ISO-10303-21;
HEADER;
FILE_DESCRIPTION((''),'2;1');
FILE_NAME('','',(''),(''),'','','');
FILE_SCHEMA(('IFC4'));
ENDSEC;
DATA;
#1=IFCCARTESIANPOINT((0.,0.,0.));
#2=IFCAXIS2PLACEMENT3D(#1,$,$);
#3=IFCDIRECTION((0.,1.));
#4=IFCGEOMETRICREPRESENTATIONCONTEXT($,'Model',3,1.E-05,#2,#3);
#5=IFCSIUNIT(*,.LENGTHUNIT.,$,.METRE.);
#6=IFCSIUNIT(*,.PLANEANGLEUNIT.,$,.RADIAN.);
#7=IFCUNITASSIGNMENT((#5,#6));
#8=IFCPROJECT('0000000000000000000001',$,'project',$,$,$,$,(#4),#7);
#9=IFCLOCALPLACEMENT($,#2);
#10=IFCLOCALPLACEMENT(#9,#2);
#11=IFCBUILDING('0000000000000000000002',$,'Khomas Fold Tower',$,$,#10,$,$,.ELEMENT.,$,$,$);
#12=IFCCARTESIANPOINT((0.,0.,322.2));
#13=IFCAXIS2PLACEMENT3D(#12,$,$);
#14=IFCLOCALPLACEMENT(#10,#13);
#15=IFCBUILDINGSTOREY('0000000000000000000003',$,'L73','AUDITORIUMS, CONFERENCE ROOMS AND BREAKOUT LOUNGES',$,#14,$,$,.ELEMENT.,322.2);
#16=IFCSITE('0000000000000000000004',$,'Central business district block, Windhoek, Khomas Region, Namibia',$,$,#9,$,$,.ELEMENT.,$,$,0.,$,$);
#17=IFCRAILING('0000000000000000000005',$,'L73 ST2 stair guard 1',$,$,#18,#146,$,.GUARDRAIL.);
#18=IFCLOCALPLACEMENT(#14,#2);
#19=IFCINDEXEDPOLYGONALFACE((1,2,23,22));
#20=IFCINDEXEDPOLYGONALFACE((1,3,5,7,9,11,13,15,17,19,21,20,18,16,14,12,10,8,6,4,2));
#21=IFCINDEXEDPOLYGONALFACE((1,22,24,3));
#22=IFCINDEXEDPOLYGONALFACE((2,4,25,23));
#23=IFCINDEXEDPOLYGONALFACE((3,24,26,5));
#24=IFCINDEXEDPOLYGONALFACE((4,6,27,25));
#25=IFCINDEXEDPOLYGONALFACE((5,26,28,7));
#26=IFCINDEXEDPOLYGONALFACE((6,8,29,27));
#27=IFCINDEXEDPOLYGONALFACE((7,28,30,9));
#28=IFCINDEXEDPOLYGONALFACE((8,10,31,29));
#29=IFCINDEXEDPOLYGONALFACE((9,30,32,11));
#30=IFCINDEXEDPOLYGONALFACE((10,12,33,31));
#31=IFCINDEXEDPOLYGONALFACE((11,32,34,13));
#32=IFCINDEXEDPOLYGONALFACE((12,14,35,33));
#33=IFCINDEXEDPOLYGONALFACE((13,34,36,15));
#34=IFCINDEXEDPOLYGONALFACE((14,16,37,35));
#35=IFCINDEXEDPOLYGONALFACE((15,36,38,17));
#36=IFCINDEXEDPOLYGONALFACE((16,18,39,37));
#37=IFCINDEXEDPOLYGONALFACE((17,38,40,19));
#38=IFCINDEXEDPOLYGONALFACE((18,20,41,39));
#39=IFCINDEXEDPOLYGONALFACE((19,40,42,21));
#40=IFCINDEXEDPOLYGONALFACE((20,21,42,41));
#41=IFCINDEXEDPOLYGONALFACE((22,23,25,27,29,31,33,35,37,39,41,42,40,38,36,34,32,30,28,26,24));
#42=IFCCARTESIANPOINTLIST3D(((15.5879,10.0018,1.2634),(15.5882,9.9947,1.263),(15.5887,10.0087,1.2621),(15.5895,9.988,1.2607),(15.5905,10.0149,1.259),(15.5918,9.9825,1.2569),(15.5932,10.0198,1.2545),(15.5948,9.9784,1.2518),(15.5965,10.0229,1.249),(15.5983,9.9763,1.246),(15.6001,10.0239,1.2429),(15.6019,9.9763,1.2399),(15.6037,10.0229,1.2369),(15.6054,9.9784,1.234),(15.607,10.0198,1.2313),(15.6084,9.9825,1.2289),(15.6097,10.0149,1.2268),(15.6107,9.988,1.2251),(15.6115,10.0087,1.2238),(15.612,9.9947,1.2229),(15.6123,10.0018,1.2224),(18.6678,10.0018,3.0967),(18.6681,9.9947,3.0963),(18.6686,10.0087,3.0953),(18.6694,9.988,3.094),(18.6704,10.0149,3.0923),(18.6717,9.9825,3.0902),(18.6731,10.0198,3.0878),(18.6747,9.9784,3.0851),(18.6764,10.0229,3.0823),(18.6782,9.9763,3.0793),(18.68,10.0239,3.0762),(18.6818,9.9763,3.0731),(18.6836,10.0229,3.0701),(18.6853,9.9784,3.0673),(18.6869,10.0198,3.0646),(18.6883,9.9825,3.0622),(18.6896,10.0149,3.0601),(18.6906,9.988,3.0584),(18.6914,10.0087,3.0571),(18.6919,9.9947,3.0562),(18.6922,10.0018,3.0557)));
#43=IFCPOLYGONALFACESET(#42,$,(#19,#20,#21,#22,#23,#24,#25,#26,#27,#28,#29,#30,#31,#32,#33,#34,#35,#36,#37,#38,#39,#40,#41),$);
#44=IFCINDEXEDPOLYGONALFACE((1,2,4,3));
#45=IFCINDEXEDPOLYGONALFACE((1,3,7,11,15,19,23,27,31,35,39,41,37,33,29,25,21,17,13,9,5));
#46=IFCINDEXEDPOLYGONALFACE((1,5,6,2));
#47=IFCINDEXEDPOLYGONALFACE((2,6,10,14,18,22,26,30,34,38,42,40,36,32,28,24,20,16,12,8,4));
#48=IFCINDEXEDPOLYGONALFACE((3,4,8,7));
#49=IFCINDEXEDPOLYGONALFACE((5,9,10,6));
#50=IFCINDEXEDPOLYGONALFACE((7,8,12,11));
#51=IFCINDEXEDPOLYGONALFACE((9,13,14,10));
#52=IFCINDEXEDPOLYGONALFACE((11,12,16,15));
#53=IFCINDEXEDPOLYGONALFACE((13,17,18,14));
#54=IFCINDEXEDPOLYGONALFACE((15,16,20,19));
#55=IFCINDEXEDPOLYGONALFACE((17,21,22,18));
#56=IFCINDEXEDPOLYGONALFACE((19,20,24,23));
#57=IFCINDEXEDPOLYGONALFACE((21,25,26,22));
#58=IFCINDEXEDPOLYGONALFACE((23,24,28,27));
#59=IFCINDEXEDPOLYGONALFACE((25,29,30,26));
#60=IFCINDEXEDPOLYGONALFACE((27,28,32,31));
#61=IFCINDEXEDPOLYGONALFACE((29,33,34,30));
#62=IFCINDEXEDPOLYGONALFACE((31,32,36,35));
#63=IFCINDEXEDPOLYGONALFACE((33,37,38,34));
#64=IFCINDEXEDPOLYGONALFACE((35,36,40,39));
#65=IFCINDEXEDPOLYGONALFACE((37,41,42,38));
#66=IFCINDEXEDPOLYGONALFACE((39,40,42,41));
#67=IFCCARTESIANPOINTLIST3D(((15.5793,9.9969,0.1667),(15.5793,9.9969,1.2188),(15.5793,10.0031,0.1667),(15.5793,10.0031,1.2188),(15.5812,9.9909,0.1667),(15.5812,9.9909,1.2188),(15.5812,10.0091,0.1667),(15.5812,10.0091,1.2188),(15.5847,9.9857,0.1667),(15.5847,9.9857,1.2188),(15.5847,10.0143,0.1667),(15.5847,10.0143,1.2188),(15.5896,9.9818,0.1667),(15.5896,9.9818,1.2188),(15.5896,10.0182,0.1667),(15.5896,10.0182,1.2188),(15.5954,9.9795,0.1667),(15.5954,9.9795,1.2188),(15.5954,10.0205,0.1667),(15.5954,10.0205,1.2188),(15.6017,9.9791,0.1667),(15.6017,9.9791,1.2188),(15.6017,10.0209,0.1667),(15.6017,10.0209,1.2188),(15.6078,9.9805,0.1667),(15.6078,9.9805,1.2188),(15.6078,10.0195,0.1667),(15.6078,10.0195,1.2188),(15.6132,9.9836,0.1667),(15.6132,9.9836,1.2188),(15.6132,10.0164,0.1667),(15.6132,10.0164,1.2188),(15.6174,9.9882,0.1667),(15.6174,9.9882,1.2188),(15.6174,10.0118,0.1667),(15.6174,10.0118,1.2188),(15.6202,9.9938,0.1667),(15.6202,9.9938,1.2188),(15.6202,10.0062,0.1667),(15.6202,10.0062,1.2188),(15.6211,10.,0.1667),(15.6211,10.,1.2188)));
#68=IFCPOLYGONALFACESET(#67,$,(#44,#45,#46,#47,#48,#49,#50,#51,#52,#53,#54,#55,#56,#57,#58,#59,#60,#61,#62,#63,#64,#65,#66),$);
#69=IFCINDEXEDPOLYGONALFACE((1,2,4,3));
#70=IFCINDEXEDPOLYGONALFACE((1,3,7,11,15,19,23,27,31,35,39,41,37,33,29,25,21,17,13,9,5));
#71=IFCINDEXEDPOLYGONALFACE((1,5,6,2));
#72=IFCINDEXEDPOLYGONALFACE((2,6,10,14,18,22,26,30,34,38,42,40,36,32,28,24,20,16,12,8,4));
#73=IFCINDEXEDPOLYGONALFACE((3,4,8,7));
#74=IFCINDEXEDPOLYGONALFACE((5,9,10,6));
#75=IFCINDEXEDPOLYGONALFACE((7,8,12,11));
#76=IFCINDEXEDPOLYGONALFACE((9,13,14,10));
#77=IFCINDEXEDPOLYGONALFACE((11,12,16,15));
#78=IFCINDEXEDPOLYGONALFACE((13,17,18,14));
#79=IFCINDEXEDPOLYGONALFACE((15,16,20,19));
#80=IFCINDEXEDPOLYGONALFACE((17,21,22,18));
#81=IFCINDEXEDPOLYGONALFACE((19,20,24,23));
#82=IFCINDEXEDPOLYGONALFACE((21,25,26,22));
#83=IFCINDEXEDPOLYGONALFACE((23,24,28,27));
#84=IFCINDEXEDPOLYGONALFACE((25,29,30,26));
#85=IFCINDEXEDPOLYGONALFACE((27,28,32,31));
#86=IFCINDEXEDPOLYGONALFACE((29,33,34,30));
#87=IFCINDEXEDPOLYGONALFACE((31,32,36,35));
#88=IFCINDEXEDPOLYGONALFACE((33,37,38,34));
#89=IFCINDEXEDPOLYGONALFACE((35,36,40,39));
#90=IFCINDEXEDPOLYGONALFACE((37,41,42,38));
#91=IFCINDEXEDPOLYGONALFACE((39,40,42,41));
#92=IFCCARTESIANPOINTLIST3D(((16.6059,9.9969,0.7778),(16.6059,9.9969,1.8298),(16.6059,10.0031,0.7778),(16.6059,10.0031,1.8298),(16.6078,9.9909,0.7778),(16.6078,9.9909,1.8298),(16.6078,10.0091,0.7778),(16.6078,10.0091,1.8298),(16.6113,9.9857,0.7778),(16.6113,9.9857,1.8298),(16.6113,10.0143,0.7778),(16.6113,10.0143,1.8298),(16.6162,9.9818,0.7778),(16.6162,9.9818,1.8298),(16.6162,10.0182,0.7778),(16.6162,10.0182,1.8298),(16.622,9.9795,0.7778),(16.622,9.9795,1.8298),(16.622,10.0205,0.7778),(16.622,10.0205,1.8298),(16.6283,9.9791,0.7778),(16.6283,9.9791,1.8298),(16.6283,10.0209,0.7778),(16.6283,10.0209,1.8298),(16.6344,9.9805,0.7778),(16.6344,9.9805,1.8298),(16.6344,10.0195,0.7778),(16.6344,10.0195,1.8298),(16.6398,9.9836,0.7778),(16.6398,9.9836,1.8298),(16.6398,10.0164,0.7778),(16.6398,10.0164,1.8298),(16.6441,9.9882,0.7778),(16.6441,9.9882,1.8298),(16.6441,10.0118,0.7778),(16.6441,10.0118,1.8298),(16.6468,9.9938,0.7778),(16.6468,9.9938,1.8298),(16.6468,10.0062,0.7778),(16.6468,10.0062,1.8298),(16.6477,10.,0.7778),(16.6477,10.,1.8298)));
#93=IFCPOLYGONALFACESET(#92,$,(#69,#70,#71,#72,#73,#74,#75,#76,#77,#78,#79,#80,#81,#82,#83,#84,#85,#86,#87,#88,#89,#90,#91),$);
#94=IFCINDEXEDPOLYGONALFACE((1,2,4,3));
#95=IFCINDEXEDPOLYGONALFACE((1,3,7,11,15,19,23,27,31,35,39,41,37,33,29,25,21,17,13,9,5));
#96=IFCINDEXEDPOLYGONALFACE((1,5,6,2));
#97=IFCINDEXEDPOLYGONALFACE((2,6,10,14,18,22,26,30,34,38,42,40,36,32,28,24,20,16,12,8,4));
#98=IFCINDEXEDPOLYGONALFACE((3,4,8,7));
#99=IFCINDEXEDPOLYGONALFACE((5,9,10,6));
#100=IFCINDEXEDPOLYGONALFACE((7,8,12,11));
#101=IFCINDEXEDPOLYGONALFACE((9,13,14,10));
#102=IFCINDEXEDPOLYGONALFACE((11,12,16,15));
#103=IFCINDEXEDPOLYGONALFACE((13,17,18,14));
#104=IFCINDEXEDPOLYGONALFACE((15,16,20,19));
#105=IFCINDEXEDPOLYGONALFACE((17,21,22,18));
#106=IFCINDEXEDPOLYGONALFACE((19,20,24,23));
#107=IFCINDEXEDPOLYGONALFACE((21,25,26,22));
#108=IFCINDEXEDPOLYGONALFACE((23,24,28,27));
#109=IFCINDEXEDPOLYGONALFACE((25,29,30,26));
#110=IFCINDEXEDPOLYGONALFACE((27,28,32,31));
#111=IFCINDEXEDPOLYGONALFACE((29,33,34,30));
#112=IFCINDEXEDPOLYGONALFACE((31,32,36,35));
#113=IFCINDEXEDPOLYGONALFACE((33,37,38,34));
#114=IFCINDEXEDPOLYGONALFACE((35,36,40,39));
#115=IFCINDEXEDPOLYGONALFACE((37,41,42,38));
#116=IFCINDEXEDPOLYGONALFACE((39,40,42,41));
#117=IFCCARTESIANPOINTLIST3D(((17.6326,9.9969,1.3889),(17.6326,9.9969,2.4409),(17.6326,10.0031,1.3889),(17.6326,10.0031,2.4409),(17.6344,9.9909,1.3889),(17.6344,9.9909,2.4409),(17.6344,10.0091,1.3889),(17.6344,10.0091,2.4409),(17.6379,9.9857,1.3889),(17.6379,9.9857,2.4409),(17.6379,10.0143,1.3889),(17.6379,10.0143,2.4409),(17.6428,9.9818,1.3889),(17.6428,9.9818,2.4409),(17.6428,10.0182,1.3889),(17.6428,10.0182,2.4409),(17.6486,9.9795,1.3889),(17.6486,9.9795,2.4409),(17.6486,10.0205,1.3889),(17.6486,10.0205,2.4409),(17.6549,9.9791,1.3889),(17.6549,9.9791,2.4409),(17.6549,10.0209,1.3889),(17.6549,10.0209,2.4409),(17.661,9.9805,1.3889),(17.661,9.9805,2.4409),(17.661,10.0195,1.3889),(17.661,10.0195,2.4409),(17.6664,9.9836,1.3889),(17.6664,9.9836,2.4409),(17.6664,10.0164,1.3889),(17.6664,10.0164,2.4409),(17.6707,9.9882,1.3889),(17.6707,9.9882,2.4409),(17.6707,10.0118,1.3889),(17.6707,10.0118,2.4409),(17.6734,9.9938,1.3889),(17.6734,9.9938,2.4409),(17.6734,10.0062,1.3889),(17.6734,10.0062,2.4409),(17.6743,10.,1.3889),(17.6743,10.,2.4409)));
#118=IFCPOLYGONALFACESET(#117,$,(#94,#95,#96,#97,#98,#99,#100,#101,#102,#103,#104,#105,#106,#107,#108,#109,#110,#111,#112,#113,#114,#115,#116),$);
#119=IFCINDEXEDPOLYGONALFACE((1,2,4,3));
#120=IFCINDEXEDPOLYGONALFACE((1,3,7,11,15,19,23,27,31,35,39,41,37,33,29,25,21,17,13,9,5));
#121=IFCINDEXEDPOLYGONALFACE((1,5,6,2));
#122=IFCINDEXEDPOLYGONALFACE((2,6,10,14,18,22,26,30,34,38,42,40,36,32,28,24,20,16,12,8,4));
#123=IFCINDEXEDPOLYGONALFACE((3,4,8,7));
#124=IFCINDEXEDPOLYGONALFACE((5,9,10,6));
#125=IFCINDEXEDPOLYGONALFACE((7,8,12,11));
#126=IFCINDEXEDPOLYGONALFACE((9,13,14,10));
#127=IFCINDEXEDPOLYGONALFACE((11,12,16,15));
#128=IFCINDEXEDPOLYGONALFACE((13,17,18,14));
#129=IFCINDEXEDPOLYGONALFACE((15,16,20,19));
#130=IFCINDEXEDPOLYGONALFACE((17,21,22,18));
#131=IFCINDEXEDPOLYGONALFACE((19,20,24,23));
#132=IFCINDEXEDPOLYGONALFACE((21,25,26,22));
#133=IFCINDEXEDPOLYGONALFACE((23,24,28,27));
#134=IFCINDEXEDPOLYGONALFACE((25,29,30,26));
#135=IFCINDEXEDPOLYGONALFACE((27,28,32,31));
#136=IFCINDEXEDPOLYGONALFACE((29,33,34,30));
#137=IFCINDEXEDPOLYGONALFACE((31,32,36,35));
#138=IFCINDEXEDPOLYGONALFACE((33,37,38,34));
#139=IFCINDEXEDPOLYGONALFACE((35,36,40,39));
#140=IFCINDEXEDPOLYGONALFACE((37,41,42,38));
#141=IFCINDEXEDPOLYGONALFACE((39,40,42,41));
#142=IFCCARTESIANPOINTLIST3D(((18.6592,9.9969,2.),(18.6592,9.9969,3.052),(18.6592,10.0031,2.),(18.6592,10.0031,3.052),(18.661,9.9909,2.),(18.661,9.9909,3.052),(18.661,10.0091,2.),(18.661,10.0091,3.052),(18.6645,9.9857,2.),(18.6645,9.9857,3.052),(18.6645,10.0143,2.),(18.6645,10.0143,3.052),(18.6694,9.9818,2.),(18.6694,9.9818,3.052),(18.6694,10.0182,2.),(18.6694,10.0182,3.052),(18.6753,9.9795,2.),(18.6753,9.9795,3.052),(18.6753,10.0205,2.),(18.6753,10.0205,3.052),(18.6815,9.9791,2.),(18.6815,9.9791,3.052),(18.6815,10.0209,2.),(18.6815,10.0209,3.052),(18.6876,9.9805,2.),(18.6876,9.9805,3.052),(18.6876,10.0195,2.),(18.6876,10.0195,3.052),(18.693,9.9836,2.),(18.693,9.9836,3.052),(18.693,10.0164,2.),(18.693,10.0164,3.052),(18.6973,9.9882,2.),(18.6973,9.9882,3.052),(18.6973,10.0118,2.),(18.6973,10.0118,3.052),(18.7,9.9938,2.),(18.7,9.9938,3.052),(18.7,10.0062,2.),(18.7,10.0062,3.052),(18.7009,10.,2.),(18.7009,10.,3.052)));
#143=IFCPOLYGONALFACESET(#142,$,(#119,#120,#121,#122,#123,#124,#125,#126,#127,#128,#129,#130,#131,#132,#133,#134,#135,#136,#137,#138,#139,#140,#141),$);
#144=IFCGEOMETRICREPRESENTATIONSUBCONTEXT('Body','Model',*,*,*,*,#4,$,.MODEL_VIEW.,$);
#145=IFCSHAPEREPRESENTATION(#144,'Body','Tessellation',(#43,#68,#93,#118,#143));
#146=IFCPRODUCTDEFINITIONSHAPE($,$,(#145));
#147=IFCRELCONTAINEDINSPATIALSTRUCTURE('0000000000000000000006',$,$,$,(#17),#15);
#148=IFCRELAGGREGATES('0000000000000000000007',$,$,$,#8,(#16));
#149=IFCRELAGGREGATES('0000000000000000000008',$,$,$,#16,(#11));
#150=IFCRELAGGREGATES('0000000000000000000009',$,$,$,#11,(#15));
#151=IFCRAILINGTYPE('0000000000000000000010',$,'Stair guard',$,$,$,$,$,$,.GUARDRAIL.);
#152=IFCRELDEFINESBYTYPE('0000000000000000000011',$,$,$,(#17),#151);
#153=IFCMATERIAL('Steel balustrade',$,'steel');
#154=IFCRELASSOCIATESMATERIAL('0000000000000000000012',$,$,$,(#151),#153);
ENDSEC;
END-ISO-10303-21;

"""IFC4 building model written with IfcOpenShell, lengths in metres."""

from ifc_helpers import new_model, si_unit, direction, frame, origin, origin_2d, place, context, subcontext, project, spatial, circle, extrude, source, transform, mapped, material, type_object, element, save


model = new_model("IFC4")

# Units and contexts
model_context = context("Model", 3, precision=1e-05, world=origin(), true_north=direction((0.0, 1.0)))
body_context = subcontext(model_context, "Body", "Model", "MODEL_VIEW")
ifc_project = project(units=[si_unit("LENGTHUNIT", "METRE"), si_unit("PLANEANGLEUNIT", "RADIAN")], contexts=[model_context])

# Site, building, storey
site_placement = place(None, origin())
site = spatial("IfcSite", under=ifc_project, at=site_placement, Name="Central business district block, Windhoek, Khomas Region, Namibia", CompositionType="ELEMENT", RefElevation=0.0)
building_placement = place(site_placement, origin())
building = spatial("IfcBuilding", under=site, at=building_placement, Name="Khomas Fold Tower", CompositionType="ELEMENT")
storey_placement = place(building_placement, frame((0.0, 0.0, 322.2)))
storey = spatial("IfcBuildingStorey", under=building, at=storey_placement, Name="L73", Description="AUDITORIUMS, CONFERENCE ROOMS AND BREAKOUT LOUNGES", CompositionType="ELEMENT", Elevation=322.2)

# Railing
ifc_material_1 = material(Name="Steel balustrade", Category="steel")
railing_type_1 = type_object("IfcRailingType", Name="Stair guard", PredefinedType="GUARDRAIL", material=ifc_material_1)
shared_shape_1 = source(origin(), body_context, "Body", "SweptSolid", [
    extrude(circle(Radius=0.0239, at=origin_2d()), frame((0.0, 0.0, 1.0762), z_axis=(0.859291, 0.0, 0.511487), x_axis=(0.0, 1.0, 0.0)), (0.0, 0.0, 1.0), 3.5842),
    extrude(circle(Radius=0.021, at=origin_2d()), origin(), (0.0, 0.0, 1.0), 1.052),
    extrude(circle(Radius=0.021, at=origin_2d()), frame((1.0266, 0.0, 0.6111)), (0.0, 0.0, 1.0), 1.052),
    extrude(circle(Radius=0.021, at=origin_2d()), frame((2.0532, 0.0, 1.2222)), (0.0, 0.0, 1.0), 1.052),
    extrude(circle(Radius=0.021, at=origin_2d()), frame((3.0798, 0.0, 1.8333)), (0.0, 0.0, 1.0), 1.052),
])
railing_1_placement = place(storey_placement, frame((15.6001, 10.0, 0.1667)))
element("IfcRailing", 1, at=railing_1_placement, inside=storey, type_object=railing_type_1, Name="L73 ST2 stair guard 1", PredefinedType="GUARDRAIL", context=body_context, shape_type="MappedRepresentation", body=[
    mapped(shared_shape_1, transform((0.0, 0.0, 0.0))),
])

save(model, "model.ifc")
